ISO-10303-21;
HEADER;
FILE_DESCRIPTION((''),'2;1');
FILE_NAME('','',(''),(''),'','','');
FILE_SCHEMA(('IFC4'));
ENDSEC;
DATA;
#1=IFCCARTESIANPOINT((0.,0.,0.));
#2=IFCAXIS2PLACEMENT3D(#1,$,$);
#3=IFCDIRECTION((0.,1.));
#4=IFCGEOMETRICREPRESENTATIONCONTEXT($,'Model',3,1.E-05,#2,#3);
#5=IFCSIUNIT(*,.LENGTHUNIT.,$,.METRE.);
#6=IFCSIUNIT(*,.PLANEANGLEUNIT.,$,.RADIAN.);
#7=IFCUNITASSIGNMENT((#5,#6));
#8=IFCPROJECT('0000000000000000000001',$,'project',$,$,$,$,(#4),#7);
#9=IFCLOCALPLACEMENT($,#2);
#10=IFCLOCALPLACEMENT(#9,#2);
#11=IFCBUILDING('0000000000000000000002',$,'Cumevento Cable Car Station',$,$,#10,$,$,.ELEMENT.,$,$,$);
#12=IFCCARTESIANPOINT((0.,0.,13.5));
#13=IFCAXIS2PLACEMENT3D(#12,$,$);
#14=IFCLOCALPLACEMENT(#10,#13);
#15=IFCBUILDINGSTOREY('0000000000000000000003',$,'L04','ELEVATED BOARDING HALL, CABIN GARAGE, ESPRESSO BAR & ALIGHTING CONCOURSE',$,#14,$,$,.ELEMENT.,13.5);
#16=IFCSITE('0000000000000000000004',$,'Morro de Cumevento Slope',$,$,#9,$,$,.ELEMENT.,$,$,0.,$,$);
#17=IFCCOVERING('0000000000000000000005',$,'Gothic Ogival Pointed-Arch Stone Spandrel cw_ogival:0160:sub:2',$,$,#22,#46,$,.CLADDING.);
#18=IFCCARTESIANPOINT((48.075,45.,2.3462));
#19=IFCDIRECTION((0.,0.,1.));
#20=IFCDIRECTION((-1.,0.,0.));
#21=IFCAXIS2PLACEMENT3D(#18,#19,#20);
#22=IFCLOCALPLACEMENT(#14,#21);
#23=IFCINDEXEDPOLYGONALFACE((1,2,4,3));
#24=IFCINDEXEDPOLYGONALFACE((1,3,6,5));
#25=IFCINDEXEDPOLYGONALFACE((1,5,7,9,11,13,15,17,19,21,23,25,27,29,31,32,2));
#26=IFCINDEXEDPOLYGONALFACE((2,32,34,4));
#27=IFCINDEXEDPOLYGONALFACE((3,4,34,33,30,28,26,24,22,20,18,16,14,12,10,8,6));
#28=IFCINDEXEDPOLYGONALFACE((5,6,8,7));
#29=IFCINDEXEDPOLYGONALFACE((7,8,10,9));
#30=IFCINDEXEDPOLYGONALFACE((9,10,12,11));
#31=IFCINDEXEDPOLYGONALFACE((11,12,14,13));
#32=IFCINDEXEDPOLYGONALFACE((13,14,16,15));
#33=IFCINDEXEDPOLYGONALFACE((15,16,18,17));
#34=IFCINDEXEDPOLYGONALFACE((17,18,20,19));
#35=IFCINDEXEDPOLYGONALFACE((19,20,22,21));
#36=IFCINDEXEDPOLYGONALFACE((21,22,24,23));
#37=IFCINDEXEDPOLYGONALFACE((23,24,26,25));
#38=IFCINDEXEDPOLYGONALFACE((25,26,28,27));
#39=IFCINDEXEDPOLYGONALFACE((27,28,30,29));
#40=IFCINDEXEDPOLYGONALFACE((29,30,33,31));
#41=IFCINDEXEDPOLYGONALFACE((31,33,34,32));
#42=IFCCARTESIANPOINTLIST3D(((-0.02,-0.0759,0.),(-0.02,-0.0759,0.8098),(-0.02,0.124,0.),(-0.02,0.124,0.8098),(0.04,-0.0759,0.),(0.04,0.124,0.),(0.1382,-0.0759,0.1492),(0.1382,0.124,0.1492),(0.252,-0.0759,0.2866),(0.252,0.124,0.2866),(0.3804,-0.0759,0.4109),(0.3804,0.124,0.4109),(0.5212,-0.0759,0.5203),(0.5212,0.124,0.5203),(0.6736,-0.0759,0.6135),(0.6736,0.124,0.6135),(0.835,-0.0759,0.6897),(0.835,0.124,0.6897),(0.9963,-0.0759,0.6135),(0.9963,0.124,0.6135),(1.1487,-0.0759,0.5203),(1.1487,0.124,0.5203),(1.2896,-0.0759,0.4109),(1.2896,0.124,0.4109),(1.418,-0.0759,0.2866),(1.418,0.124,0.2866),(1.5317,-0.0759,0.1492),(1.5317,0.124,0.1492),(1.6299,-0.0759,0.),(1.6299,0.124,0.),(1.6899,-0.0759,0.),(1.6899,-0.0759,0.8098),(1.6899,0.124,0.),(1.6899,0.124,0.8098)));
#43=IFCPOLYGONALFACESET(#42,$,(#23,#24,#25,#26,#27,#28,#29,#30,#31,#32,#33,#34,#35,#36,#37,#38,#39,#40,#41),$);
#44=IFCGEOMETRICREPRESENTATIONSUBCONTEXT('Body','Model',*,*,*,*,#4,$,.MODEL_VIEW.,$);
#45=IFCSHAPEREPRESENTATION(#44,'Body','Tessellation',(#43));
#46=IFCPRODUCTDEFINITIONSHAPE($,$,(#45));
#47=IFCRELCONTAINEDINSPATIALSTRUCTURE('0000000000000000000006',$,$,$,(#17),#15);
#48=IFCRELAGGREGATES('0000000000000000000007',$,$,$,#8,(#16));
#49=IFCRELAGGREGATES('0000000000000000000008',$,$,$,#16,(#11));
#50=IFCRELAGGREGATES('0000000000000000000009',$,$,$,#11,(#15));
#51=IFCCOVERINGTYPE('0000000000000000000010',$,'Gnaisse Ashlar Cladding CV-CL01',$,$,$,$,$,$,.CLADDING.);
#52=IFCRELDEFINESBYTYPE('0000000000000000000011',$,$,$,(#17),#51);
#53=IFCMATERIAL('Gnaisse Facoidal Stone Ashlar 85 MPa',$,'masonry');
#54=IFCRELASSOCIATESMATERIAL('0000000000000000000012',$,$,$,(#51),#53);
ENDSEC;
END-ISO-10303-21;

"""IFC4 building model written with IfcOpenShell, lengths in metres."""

from ifc_helpers import new_model, si_unit, direction, frame, origin, place, context, subcontext, project, spatial, polyline, outline, extrude, material, type_object, element, save


model = new_model("IFC4")

# Units and contexts
model_context = context("Model", 3, precision=1e-05, world=origin(), true_north=direction((0.0, 1.0)))
body_context = subcontext(model_context, "Body", "Model", "MODEL_VIEW")
ifc_project = project(units=[si_unit("LENGTHUNIT", "METRE"), si_unit("PLANEANGLEUNIT", "RADIAN")], contexts=[model_context])

# Site, building, storey
site_placement = place(None, origin())
site = spatial("IfcSite", under=ifc_project, at=site_placement, Name="Morro de Cumevento Slope", CompositionType="ELEMENT", RefElevation=0.0)
building_placement = place(site_placement, origin())
building = spatial("IfcBuilding", under=site, at=building_placement, Name="Cumevento Cable Car Station", CompositionType="ELEMENT")
storey_placement = place(building_placement, frame((0.0, 0.0, 13.5)))
storey = spatial("IfcBuildingStorey", under=building, at=storey_placement, Name="L04", Description="ELEVATED BOARDING HALL, CABIN GARAGE, ESPRESSO BAR & ALIGHTING CONCOURSE", CompositionType="ELEMENT", Elevation=13.5)

# Covering
ifc_material_1 = material(Name="Gnaisse Facoidal Stone Ashlar 85 MPa", Category="masonry")
covering_type = type_object("IfcCoveringType", Name="Gnaisse Ashlar Cladding CV-CL01", PredefinedType="CLADDING", material=ifc_material_1)
covering_1_placement = place(storey_placement, frame((48.075, 45.0, 2.3462), z_axis=(0.0, 0.0, 1.0), x_axis=(-1.0, 0.0, 0.0)))
element("IfcCovering", 1, at=covering_1_placement, inside=storey, type_object=covering_type, Name="Gothic Ogival Pointed-Arch Stone Spandrel cw_ogival:0160:sub:2", PredefinedType="CLADDING", context=body_context, shape_type="SweptSolid", body=[
    extrude(outline(polyline([(-0.02, 0.0), (-0.02, 0.8098), (1.6899, 0.8098), (1.6899, 0.0), (1.6299, 0.0), (1.5317, 0.1492), (1.418, 0.2866), (1.2896, 0.4109), (1.1487, 0.5203), (0.9963, 0.6135), (0.835, 0.6897), (0.6736, 0.6135), (0.5212, 0.5203), (0.3804, 0.4109), (0.252, 0.2866), (0.1382, 0.1492), (0.04, 0.0), (-0.02, 0.0)])), frame((0.0, 0.124, 0.0), z_axis=(0.0, -1.0, 0.0), x_axis=(1.0, 0.0, 0.0)), (0.0, 0.0, 1.0), 0.2),
])

save(model, "model.ifc")
